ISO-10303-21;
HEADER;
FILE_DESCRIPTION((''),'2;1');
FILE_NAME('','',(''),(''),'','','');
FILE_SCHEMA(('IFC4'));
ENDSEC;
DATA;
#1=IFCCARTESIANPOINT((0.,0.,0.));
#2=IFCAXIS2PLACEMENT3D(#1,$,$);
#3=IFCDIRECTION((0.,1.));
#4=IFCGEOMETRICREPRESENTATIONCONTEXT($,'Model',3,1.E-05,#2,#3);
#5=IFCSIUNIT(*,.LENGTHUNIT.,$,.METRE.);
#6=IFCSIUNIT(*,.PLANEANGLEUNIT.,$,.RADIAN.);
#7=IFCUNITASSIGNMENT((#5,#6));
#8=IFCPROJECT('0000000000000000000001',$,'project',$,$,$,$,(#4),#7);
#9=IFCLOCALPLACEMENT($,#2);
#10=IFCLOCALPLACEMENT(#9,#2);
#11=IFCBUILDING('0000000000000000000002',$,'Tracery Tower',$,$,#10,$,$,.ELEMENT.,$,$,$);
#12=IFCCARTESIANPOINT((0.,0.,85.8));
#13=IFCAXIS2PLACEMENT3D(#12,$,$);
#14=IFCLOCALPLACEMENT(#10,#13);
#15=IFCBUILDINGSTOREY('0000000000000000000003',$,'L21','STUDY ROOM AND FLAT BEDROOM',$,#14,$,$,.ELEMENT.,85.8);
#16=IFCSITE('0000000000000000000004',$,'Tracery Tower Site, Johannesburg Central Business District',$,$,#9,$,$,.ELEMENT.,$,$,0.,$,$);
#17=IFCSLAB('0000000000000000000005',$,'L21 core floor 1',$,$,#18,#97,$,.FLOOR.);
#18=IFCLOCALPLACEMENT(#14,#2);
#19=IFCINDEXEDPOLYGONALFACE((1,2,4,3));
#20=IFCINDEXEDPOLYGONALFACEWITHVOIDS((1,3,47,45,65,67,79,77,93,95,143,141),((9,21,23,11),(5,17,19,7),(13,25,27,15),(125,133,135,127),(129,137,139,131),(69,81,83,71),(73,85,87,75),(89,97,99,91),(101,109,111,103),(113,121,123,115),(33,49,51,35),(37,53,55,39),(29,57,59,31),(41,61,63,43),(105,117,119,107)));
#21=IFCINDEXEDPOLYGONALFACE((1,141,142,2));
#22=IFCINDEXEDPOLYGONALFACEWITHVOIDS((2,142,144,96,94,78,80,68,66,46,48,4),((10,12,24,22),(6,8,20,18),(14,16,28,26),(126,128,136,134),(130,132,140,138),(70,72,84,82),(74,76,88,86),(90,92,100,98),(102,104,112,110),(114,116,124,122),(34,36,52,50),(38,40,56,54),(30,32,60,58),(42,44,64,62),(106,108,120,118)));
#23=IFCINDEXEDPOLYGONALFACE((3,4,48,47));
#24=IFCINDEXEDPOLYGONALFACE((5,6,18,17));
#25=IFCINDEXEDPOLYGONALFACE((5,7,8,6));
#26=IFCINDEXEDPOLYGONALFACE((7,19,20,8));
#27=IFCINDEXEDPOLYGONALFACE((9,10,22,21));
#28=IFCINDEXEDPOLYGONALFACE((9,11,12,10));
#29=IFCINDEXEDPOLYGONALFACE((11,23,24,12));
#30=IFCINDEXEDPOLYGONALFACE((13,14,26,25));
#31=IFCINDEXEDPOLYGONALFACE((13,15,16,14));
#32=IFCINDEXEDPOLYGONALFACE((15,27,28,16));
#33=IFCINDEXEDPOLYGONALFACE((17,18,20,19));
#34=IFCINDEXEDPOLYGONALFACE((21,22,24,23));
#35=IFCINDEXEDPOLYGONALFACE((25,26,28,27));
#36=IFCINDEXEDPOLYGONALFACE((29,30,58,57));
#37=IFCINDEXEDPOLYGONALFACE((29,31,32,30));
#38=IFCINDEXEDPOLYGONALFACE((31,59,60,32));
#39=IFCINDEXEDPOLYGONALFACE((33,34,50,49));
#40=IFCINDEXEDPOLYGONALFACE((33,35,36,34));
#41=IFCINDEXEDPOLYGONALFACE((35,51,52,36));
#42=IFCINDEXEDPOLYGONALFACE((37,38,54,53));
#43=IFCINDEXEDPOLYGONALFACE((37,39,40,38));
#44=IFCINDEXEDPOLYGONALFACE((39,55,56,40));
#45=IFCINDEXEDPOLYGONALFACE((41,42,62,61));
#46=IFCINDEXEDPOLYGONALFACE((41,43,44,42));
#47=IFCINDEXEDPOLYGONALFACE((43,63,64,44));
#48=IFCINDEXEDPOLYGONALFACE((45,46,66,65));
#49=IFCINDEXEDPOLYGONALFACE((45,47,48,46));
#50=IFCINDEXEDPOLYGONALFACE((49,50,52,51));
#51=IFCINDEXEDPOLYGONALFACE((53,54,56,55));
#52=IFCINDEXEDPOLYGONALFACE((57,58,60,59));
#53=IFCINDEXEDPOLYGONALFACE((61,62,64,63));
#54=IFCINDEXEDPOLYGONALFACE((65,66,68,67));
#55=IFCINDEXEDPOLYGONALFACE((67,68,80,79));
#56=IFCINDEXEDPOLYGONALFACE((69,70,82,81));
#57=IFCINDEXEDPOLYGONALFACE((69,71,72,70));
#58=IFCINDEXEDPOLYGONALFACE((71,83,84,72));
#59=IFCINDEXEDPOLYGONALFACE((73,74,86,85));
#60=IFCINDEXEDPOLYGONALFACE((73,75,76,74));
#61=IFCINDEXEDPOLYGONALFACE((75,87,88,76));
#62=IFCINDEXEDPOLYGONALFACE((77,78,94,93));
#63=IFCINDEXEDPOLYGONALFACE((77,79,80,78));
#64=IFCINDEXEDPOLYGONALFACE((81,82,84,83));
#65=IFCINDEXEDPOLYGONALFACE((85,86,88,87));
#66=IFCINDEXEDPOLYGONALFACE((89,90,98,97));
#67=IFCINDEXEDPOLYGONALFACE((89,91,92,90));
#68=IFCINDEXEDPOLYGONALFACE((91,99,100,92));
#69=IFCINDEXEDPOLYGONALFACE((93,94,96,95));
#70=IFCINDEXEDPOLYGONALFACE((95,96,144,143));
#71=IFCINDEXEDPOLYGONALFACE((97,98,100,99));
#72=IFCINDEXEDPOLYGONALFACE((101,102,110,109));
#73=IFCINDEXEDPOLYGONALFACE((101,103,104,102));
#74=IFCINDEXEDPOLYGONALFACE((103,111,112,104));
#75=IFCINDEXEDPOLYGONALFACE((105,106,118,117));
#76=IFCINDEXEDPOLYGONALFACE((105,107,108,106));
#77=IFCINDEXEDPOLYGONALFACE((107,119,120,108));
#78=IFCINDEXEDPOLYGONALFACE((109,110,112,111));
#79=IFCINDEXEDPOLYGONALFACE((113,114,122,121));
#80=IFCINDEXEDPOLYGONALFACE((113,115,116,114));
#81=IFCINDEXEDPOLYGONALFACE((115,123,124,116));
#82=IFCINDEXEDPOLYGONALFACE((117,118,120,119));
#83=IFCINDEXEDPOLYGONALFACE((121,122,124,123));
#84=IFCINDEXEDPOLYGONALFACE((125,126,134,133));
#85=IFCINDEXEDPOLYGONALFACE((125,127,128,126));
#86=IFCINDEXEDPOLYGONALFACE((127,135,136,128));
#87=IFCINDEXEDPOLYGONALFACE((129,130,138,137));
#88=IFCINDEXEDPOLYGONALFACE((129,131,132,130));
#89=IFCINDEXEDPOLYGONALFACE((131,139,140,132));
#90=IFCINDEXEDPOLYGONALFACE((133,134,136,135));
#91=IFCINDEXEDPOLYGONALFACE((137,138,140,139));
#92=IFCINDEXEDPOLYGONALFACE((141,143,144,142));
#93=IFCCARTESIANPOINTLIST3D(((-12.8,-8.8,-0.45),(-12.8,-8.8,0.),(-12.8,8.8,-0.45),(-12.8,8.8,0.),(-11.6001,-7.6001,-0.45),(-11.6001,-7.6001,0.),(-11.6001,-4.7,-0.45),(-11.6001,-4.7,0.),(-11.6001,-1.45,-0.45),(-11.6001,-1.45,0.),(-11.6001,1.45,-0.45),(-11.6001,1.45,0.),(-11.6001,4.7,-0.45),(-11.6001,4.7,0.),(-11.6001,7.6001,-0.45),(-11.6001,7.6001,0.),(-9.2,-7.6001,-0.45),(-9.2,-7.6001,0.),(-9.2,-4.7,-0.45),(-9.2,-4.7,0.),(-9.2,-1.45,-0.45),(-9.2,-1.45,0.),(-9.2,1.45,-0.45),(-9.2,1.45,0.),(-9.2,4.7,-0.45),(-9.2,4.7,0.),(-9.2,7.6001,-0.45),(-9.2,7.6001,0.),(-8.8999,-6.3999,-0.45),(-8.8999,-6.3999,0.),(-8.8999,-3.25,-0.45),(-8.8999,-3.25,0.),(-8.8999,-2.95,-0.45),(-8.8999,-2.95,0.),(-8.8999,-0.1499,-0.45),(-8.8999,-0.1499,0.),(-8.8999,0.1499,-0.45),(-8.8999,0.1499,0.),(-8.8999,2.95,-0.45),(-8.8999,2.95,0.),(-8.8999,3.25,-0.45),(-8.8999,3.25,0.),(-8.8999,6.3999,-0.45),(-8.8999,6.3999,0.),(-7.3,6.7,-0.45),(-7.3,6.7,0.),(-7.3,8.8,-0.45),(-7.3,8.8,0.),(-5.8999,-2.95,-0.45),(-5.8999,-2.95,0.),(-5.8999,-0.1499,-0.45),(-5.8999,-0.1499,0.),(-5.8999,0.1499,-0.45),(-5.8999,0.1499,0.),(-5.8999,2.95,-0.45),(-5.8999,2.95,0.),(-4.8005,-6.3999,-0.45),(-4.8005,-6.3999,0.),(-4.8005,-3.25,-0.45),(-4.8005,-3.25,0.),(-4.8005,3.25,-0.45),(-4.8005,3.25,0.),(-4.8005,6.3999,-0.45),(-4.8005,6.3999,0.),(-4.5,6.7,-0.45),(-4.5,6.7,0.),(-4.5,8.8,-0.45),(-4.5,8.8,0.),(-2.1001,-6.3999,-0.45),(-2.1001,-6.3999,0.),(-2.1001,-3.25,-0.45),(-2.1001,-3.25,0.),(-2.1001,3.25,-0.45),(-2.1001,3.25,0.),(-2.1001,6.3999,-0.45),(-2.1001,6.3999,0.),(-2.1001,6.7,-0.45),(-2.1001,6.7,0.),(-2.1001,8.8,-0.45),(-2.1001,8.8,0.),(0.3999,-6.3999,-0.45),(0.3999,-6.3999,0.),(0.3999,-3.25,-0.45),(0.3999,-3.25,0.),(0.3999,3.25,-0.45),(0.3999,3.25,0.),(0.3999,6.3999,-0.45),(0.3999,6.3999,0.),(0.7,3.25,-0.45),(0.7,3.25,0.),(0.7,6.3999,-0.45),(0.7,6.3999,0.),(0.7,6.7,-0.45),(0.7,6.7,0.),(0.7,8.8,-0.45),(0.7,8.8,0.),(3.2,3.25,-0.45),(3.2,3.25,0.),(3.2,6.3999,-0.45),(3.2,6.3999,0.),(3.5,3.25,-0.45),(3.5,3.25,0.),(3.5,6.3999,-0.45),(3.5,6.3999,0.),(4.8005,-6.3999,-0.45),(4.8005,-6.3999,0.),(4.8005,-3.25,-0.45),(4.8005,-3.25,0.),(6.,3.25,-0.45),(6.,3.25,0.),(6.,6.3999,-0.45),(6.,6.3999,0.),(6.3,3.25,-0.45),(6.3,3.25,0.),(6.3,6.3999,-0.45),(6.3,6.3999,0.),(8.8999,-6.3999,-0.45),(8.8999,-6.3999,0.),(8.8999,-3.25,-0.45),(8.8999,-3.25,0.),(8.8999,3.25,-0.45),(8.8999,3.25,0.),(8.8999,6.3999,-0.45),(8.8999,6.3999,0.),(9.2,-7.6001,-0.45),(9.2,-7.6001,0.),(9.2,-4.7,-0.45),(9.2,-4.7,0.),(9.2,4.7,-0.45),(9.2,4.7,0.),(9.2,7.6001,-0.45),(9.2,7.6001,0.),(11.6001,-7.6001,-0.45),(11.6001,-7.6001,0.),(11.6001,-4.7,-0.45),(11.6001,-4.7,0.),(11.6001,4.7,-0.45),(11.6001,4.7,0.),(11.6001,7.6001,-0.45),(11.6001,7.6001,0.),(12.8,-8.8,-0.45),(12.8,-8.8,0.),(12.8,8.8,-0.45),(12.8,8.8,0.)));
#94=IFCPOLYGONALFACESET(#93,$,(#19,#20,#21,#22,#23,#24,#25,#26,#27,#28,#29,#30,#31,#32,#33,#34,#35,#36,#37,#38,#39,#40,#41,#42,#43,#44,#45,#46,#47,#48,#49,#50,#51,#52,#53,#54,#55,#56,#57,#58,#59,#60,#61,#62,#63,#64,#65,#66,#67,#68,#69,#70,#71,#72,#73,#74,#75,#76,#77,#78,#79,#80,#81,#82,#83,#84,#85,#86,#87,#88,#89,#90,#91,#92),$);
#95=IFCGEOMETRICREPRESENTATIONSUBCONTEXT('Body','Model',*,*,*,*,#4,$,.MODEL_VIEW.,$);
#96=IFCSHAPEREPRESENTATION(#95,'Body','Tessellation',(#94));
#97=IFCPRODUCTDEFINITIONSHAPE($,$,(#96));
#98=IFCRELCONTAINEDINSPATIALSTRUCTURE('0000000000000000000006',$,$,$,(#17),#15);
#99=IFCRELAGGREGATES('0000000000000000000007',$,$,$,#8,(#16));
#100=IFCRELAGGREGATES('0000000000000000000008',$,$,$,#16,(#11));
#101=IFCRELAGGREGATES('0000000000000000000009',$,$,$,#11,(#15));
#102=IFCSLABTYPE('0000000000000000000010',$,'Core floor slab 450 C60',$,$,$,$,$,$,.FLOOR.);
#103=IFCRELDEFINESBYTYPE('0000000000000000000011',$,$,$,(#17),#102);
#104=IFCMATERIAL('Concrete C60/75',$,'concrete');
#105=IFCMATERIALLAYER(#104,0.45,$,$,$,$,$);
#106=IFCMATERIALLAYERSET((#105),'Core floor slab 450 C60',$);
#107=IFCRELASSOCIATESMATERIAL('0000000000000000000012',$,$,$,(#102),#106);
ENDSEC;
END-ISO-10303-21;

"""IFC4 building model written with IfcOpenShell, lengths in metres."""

from ifc_helpers import new_model, si_unit, direction, frame, origin, place, context, subcontext, project, spatial, polyline, outline, extrude, material, layer, layer_set, type_object, element, save


model = new_model("IFC4")

# Units and contexts
model_context = context("Model", 3, precision=1e-05, world=origin(), true_north=direction((0.0, 1.0)))
body_context = subcontext(model_context, "Body", "Model", "MODEL_VIEW")
ifc_project = project(units=[si_unit("LENGTHUNIT", "METRE"), si_unit("PLANEANGLEUNIT", "RADIAN")], contexts=[model_context])

# Site, building, storey
site_placement = place(None, origin())
site = spatial("IfcSite", under=ifc_project, at=site_placement, Name="Tracery Tower Site, Johannesburg Central Business District", CompositionType="ELEMENT", RefElevation=0.0)
building_placement = place(site_placement, origin())
building = spatial("IfcBuilding", under=site, at=building_placement, Name="Tracery Tower", CompositionType="ELEMENT")
storey_placement = place(building_placement, frame((0.0, 0.0, 85.8)))
storey = spatial("IfcBuildingStorey", under=building, at=storey_placement, Name="L21", Description="STUDY ROOM AND FLAT BEDROOM", CompositionType="ELEMENT", Elevation=85.8)

# Slab
ifc_material_1 = material(Name="Concrete C60/75", Category="concrete")
ifc_layer_1 = layer(ifc_material_1, 0.45)
ifc_layer_set_1 = layer_set([ifc_layer_1], Name="Core floor slab 450 C60")
slab_type_1 = type_object("IfcSlabType", Name="Core floor slab 450 C60", PredefinedType="FLOOR", material=ifc_layer_set_1)
slab_1_placement = place(storey_placement, frame((0.0, 0.0, -0.45)))
element("IfcSlab", 1, at=slab_1_placement, inside=storey, type_object=slab_type_1, Name="L21 core floor 1", PredefinedType="FLOOR", context=body_context, shape_type="SweptSolid", body=[
    extrude(outline(polyline([(-12.8, 8.8), (-7.3, 8.8), (-7.3, 6.7), (-4.5, 6.7), (-4.5, 8.8), (-2.1001, 8.8), (-2.1001, 6.7), (0.7, 6.7), (0.7, 8.8), (12.8, 8.8), (12.8, -8.8), (-12.8, -8.8), (-12.8, 8.8)]), holes=[polyline([(11.6001, -7.6001), (11.6001, -4.7), (9.2, -4.7), (9.2, -7.6001), (11.6001, -7.6001)]), polyline([(11.6001, 4.7), (11.6001, 7.6001), (9.2, 7.6001), (9.2, 4.7), (11.6001, 4.7)]), polyline([(4.8005, -3.25), (4.8005, -6.3999), (8.8999, -6.3999), (8.8999, -3.25), (4.8005, -3.25)]), polyline([(6.3, 3.25), (8.8999, 3.25), (8.8999, 6.3999), (6.3, 6.3999), (6.3, 3.25)]), polyline([(3.5, 3.25), (6.0, 3.25), (6.0, 6.3999), (3.5, 6.3999), (3.5, 3.25)]), polyline([(3.2, 3.25), (3.2, 6.3999), (0.7, 6.3999), (0.7, 3.25), (3.2, 3.25)]), polyline([(-2.1001, 3.25), (0.3999, 3.25), (0.3999, 6.3999), (-2.1001, 6.3999), (-2.1001, 3.25)]), polyline([(0.3999, -6.3999), (0.3999, -3.25), (-2.1001, -3.25), (-2.1001, -6.3999), (0.3999, -6.3999)]), polyline([(-4.8005, -3.25), (-8.8999, -3.25), (-8.8999, -6.3999), (-4.8005, -6.3999), (-4.8005, -3.25)]), polyline([(-4.8005, 6.3999), (-8.8999, 6.3999), (-8.8999, 3.25), (-4.8005, 3.25), (-4.8005, 6.3999)]), polyline([(-8.8999, -2.95), (-5.8999, -2.95), (-5.8999, -0.1499), (-8.8999, -0.1499), (-8.8999, -2.95)]), polyline([(-5.8999, 0.1499), (-5.8999, 2.95), (-8.8999, 2.95), (-8.8999, 0.1499), (-5.8999, 0.1499)]), polyline([(-11.6001, 4.7), (-9.2, 4.7), (-9.2, 7.6001), (-11.6001, 7.6001), (-11.6001, 4.7)]), polyline([(-9.2, -7.6001), (-9.2, -4.7), (-11.6001, -4.7), (-11.6001, -7.6001), (-9.2, -7.6001)]), polyline([(-9.2, -1.45), (-9.2, 1.45), (-11.6001, 1.45), (-11.6001, -1.45), (-9.2, -1.45)])]), origin(), (0.0, 0.0, 1.0), 0.45),
])

save(model, "model.ifc")
